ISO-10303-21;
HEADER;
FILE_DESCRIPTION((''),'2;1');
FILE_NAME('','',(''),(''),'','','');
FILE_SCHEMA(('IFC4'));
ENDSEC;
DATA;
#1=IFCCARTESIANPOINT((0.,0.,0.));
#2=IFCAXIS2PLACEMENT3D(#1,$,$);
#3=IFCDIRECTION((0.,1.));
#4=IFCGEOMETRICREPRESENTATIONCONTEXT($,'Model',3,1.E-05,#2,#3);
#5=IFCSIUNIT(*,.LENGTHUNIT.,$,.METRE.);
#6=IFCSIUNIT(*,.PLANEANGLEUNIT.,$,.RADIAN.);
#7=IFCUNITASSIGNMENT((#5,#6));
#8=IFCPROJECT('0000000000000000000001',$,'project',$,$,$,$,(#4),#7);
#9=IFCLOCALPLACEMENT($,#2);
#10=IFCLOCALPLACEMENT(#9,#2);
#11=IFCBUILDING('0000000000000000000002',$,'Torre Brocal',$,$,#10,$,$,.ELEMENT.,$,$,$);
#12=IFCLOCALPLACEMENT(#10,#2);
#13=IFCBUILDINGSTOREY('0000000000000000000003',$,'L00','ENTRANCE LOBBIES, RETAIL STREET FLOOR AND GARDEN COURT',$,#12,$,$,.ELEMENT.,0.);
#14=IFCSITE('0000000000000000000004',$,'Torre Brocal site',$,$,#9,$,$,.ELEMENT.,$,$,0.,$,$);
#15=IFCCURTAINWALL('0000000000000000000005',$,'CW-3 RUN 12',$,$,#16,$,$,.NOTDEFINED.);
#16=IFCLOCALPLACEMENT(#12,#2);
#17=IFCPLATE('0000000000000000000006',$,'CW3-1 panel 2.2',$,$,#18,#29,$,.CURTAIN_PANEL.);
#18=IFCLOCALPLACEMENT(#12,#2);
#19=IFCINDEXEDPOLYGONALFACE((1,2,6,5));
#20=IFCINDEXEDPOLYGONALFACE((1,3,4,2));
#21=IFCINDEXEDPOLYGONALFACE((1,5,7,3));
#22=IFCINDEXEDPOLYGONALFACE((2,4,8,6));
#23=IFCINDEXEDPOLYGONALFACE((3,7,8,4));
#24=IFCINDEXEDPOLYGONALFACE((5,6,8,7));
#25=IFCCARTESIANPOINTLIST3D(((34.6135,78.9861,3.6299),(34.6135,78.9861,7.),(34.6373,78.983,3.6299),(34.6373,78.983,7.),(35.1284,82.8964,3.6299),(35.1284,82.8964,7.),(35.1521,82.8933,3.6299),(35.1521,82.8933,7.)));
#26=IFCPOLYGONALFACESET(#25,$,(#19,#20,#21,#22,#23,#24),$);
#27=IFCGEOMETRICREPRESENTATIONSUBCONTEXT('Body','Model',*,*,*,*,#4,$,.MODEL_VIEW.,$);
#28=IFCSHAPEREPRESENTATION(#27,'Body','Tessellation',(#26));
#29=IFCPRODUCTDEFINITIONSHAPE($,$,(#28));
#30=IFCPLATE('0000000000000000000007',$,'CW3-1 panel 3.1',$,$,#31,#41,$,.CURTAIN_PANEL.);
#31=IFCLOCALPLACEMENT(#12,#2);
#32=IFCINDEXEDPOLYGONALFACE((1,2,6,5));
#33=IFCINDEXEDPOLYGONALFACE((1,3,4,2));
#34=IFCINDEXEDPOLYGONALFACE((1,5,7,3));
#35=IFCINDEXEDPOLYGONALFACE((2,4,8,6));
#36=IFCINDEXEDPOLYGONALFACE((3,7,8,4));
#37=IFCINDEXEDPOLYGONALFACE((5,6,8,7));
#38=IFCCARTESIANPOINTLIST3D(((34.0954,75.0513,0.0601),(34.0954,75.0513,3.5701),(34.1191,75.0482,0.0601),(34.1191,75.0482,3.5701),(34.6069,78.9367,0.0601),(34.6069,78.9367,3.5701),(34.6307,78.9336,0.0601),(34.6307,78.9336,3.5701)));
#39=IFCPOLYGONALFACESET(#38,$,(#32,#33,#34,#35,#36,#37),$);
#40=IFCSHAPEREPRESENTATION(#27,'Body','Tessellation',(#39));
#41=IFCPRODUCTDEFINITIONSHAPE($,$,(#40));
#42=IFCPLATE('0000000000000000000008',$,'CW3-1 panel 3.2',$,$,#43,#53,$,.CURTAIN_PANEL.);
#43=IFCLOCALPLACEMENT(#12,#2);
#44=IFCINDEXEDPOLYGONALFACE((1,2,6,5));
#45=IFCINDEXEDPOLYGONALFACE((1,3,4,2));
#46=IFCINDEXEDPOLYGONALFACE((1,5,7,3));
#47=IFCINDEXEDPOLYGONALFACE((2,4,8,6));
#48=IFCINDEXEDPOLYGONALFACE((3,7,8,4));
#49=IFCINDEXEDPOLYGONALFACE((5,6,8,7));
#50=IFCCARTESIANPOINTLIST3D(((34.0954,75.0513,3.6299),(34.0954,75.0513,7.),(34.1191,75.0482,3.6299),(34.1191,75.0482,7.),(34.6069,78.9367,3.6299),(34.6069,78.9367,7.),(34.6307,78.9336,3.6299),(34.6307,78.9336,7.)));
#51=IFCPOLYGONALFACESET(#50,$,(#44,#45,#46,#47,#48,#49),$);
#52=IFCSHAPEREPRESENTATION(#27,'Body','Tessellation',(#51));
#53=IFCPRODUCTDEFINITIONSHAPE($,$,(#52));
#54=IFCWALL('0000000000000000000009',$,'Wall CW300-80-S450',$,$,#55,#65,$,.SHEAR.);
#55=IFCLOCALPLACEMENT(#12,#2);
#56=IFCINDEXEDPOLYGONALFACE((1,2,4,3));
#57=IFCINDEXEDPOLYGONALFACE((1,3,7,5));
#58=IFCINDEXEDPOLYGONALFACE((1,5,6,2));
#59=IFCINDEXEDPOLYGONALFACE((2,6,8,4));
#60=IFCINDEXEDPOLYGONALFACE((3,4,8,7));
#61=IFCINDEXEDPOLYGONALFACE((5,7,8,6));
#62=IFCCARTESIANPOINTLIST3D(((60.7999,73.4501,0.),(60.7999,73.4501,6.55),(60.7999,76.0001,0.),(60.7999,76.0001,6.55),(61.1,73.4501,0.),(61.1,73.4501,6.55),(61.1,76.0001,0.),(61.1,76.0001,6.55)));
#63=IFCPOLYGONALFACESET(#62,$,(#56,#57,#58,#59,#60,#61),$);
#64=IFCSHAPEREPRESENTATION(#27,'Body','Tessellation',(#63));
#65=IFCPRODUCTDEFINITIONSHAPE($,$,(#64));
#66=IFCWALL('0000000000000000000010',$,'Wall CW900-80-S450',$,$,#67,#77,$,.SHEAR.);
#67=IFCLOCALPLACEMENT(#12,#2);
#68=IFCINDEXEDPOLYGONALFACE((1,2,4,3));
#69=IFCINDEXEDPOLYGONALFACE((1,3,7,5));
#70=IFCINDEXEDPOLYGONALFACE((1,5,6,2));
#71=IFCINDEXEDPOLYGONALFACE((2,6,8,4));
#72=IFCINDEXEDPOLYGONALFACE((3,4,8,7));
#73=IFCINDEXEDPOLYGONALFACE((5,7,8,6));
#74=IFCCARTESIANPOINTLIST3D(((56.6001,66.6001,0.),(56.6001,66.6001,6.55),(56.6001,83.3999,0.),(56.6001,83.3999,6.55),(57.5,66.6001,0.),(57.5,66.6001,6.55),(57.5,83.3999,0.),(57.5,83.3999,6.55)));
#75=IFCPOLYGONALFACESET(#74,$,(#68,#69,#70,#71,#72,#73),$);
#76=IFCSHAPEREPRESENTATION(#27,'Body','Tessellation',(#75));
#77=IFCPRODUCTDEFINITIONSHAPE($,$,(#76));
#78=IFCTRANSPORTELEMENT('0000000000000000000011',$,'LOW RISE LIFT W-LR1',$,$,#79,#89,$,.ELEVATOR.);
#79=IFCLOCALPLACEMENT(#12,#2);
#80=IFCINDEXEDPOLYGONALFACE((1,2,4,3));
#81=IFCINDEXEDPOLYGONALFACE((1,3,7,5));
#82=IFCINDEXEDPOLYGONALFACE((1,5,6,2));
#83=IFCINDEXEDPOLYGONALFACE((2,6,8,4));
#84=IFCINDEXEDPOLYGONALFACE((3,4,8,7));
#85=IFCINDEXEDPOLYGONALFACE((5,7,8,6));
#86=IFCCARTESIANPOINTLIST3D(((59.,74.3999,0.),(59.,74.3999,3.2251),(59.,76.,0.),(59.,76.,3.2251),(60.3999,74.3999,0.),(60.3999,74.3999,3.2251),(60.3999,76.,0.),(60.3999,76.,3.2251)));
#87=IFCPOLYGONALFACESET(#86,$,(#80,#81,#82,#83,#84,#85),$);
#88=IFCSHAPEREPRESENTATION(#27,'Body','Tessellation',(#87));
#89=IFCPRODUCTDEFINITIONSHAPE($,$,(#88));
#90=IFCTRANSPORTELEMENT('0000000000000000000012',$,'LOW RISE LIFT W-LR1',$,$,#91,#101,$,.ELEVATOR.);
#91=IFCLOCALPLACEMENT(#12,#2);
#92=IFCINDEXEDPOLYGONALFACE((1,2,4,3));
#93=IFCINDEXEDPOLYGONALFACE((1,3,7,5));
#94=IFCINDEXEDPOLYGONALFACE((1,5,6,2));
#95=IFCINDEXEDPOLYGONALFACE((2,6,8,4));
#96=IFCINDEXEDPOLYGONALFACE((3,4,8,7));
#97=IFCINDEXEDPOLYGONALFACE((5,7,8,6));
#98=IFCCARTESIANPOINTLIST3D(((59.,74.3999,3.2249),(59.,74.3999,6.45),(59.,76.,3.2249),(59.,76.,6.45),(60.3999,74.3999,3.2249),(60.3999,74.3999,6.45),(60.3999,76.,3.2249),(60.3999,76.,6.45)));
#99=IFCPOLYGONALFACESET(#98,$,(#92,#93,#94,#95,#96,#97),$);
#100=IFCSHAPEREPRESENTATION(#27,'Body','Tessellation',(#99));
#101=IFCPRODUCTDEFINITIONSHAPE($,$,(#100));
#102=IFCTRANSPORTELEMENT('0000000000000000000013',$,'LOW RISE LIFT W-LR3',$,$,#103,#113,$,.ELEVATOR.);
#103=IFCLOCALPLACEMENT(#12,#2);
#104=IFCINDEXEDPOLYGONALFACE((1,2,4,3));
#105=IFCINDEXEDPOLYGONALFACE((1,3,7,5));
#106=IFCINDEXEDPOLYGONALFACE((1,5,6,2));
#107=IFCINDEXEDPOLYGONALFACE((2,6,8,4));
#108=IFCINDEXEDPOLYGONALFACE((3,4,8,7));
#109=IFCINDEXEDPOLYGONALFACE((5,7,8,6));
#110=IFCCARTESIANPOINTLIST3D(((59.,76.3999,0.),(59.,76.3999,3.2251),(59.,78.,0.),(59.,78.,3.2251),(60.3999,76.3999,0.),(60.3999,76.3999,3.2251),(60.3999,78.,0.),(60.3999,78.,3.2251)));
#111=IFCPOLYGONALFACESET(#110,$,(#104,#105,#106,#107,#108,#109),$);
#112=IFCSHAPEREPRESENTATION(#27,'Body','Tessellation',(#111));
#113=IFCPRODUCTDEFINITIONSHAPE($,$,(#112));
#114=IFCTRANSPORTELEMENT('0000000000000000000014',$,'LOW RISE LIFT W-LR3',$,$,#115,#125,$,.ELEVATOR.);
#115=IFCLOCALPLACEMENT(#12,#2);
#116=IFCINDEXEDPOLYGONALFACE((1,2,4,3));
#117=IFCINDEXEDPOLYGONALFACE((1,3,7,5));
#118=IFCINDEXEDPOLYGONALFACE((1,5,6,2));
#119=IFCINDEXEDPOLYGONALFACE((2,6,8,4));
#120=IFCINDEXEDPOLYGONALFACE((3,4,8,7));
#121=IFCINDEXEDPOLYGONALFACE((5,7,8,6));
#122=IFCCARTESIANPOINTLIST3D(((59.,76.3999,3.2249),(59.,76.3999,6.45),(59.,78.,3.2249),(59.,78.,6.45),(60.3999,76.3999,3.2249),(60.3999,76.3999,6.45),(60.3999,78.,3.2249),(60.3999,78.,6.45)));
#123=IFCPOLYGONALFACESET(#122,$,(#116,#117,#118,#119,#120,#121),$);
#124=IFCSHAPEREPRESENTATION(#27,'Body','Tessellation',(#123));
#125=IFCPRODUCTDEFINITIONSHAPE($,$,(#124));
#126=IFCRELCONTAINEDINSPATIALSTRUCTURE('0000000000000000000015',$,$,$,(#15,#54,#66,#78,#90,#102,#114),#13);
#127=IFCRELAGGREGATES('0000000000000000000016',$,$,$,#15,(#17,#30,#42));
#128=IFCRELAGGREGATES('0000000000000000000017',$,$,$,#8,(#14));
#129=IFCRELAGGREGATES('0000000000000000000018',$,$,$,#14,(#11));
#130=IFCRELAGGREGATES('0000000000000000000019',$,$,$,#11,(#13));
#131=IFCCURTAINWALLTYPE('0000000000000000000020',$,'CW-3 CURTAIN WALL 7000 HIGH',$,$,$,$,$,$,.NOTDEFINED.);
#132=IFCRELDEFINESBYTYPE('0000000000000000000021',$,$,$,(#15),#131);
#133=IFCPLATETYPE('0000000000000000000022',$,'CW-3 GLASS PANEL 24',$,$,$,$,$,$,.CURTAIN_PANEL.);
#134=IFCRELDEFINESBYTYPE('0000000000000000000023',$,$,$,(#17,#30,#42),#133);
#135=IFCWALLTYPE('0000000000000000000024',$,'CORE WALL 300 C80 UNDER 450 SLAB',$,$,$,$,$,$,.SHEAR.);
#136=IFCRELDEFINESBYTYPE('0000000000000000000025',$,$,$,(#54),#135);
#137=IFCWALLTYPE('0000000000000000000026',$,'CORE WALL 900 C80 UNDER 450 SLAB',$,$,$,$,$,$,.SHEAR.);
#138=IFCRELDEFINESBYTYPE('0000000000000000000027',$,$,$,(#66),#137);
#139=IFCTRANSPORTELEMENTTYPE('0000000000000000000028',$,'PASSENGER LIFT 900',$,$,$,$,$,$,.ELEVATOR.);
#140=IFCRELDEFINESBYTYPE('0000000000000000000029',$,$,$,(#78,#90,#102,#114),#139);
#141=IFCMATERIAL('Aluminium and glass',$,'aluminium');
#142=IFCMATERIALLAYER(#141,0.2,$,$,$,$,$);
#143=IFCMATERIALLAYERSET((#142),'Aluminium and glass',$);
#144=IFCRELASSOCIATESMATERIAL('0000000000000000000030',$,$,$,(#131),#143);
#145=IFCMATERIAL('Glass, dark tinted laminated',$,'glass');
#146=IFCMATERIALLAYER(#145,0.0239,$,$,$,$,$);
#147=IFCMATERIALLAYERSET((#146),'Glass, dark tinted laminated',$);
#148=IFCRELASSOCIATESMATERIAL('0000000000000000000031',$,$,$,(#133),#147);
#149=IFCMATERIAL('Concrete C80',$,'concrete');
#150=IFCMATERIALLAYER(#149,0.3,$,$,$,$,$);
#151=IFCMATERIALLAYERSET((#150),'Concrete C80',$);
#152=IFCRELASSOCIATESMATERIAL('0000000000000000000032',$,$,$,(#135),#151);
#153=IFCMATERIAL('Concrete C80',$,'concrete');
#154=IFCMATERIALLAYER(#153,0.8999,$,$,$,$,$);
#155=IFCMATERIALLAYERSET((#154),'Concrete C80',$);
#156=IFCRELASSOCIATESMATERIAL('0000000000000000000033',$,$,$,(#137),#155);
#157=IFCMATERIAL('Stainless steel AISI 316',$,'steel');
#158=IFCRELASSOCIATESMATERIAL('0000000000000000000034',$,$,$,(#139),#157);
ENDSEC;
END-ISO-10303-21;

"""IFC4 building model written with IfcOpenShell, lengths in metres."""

from ifc_helpers import new_model, si_unit, direction, frame, frame_2d, origin, origin_2d, place, context, subcontext, project, spatial, rectangle, extrude, material, layer, layer_set, type_object, element, aggregate, save


model = new_model("IFC4")

# Units and contexts
model_context = context("Model", 3, precision=1e-05, world=origin(), true_north=direction((0.0, 1.0)))
body_context = subcontext(model_context, "Body", "Model", "MODEL_VIEW")
ifc_project = project(units=[si_unit("LENGTHUNIT", "METRE"), si_unit("PLANEANGLEUNIT", "RADIAN")], contexts=[model_context])

# Site, building, storey
site_placement = place(None, origin())
site = spatial("IfcSite", under=ifc_project, at=site_placement, Name="Torre Brocal site", CompositionType="ELEMENT", RefElevation=0.0)
building_placement = place(site_placement, origin())
building = spatial("IfcBuilding", under=site, at=building_placement, Name="Torre Brocal", CompositionType="ELEMENT")
storey_placement = place(building_placement, origin())
storey = spatial("IfcBuildingStorey", under=building, at=storey_placement, Name="L00", Description="ENTRANCE LOBBIES, RETAIL STREET FLOOR AND GARDEN COURT", CompositionType="ELEMENT", Elevation=0.0)

# Curtain wall
ifc_material_1 = material(Name="Aluminium and glass", Category="aluminium")
ifc_layer_1 = layer(ifc_material_1, 0.2)
ifc_layer_set_1 = layer_set([ifc_layer_1], Name="Aluminium and glass")
curtain_wall_type = type_object("IfcCurtainWallType", Name="CW-3 CURTAIN WALL 7000 HIGH", PredefinedType="NOTDEFINED", material=ifc_layer_set_1)
curtain_wall_1_placement = place(storey_placement, origin())
curtain_wall_1 = element("IfcCurtainWall", 1, at=curtain_wall_1_placement, inside=storey, type_object=curtain_wall_type, Name="CW-3 RUN 12", PredefinedType="NOTDEFINED")

# Plates
ifc_material_2 = material(Name="Glass, dark tinted laminated", Category="glass")
ifc_layer_2 = layer(ifc_material_2, 0.0239)
ifc_layer_set_2 = layer_set([ifc_layer_2], Name="Glass, dark tinted laminated")
plate_type = type_object("IfcPlateType", Name="CW-3 GLASS PANEL 24", PredefinedType="CURTAIN_PANEL", material=ifc_layer_set_2)
plate_1_placement = place(storey_placement, frame((34.8828, 80.9397, 3.6299), z_axis=(0.0, 0.0, 1.0), x_axis=(-0.130526, -0.991445, 0.0)))
plate_1 = element("IfcPlate", 2, at=plate_1_placement, type_object=plate_type, Name="CW3-1 panel 2.2", PredefinedType="CURTAIN_PANEL", context=body_context, shape_type="SweptSolid", body=[
    extrude(rectangle(XDim=3.9441, YDim=0.0239, at=origin_2d()), origin(), (0.0, 0.0, 1.0), 3.3701),
])
plate_2_placement = place(storey_placement, frame((34.363, 76.9924, 0.0601), z_axis=(0.0, 0.0, 1.0), x_axis=(-0.130526, -0.991445, 0.0)))
plate_2 = element("IfcPlate", 3, at=plate_2_placement, type_object=plate_type, Name="CW3-1 panel 3.1", PredefinedType="CURTAIN_PANEL", context=body_context, shape_type="SweptSolid", body=[
    extrude(rectangle(XDim=3.9189, YDim=0.0239, at=origin_2d()), origin(), (0.0, 0.0, 1.0), 3.51),
])
plate_3_placement = place(storey_placement, frame((34.363, 76.9924, 3.6299), z_axis=(0.0, 0.0, 1.0), x_axis=(-0.130526, -0.991445, 0.0)))
plate_3 = element("IfcPlate", 4, at=plate_3_placement, type_object=plate_type, Name="CW3-1 panel 3.2", PredefinedType="CURTAIN_PANEL", context=body_context, shape_type="SweptSolid", body=[
    extrude(rectangle(XDim=3.9189, YDim=0.0239, at=origin_2d()), origin(), (0.0, 0.0, 1.0), 3.3701),
])
aggregate(curtain_wall_1, [plate_1, plate_2, plate_3])

# Walls
ifc_material_3 = material(Name="Concrete C80", Category="concrete")
ifc_layer_3 = layer(ifc_material_3, 0.3)
ifc_layer_set_3 = layer_set([ifc_layer_3], Name="Concrete C80")
wall_type_1 = type_object("IfcWallType", Name="CORE WALL 300 C80 UNDER 450 SLAB", PredefinedType="SHEAR", material=ifc_layer_set_3)
wall_1_placement = place(storey_placement, frame((60.95, 76.0, 0.0), z_axis=(0.0, 0.0, 1.0), x_axis=(0.0, -1.0, 0.0)))
element("IfcWall", 5, at=wall_1_placement, inside=storey, type_object=wall_type_1, Name="Wall CW300-80-S450", PredefinedType="SHEAR", context=body_context, shape_type="SweptSolid", body=[
    extrude(rectangle(XDim=2.55, YDim=0.3, at=frame_2d((1.2749, 0.0))), origin(), (0.0, 0.0, 1.0), 6.55),
])
ifc_material_4 = material(Name="Concrete C80", Category="concrete")
ifc_layer_4 = layer(ifc_material_4, 0.8999)
ifc_layer_set_4 = layer_set([ifc_layer_4], Name="Concrete C80")
wall_type_2 = type_object("IfcWallType", Name="CORE WALL 900 C80 UNDER 450 SLAB", PredefinedType="SHEAR", material=ifc_layer_set_4)
wall_2_placement = place(storey_placement, frame((57.05, 83.3999, 0.0), z_axis=(0.0, 0.0, 1.0), x_axis=(0.0, -1.0, 0.0)))
element("IfcWall", 6, at=wall_2_placement, inside=storey, type_object=wall_type_2, Name="Wall CW900-80-S450", PredefinedType="SHEAR", context=body_context, shape_type="SweptSolid", body=[
    extrude(rectangle(XDim=16.7998, YDim=0.8999, at=frame_2d((8.3999, 0.0))), origin(), (0.0, 0.0, 1.0), 6.55),
])

# Transport elements
ifc_material_5 = material(Name="Stainless steel AISI 316", Category="steel")
transport_element_type = type_object("IfcTransportElementType", Name="PASSENGER LIFT 900", PredefinedType="ELEVATOR", material=ifc_material_5)
for number, where, z_axis, x_axis, name in (
    (7, (59.7, 75.2, 0.0), (0.0, 0.0, 1.0), (1.0, 0.0, 0.0), "LOW RISE LIFT W-LR1"),
    (8, (59.7, 75.2, 3.2249), (0.0, 0.0, 1.0), (1.0, 0.0, 0.0), "LOW RISE LIFT W-LR1"),
    (9, (59.7, 77.2, 0.0), (0.0, 0.0, 1.0), (1.0, 0.0, 0.0), "LOW RISE LIFT W-LR3"),
    (10, (59.7, 77.2, 3.2249), (0.0, 0.0, 1.0), (1.0, 0.0, 0.0), "LOW RISE LIFT W-LR3"),
):
    element("IfcTransportElement", number, at=place(storey_placement, frame(where, z_axis=z_axis, x_axis=x_axis)), inside=storey, type_object=transport_element_type, Name=name, PredefinedType="ELEVATOR", context=body_context, shape_type="SweptSolid", body=[
        extrude(rectangle(XDim=1.3999, YDim=1.6001, at=origin_2d()), origin(), (0.0, 0.0, 1.0), 3.2251),
    ])

save(model, "model.ifc")
